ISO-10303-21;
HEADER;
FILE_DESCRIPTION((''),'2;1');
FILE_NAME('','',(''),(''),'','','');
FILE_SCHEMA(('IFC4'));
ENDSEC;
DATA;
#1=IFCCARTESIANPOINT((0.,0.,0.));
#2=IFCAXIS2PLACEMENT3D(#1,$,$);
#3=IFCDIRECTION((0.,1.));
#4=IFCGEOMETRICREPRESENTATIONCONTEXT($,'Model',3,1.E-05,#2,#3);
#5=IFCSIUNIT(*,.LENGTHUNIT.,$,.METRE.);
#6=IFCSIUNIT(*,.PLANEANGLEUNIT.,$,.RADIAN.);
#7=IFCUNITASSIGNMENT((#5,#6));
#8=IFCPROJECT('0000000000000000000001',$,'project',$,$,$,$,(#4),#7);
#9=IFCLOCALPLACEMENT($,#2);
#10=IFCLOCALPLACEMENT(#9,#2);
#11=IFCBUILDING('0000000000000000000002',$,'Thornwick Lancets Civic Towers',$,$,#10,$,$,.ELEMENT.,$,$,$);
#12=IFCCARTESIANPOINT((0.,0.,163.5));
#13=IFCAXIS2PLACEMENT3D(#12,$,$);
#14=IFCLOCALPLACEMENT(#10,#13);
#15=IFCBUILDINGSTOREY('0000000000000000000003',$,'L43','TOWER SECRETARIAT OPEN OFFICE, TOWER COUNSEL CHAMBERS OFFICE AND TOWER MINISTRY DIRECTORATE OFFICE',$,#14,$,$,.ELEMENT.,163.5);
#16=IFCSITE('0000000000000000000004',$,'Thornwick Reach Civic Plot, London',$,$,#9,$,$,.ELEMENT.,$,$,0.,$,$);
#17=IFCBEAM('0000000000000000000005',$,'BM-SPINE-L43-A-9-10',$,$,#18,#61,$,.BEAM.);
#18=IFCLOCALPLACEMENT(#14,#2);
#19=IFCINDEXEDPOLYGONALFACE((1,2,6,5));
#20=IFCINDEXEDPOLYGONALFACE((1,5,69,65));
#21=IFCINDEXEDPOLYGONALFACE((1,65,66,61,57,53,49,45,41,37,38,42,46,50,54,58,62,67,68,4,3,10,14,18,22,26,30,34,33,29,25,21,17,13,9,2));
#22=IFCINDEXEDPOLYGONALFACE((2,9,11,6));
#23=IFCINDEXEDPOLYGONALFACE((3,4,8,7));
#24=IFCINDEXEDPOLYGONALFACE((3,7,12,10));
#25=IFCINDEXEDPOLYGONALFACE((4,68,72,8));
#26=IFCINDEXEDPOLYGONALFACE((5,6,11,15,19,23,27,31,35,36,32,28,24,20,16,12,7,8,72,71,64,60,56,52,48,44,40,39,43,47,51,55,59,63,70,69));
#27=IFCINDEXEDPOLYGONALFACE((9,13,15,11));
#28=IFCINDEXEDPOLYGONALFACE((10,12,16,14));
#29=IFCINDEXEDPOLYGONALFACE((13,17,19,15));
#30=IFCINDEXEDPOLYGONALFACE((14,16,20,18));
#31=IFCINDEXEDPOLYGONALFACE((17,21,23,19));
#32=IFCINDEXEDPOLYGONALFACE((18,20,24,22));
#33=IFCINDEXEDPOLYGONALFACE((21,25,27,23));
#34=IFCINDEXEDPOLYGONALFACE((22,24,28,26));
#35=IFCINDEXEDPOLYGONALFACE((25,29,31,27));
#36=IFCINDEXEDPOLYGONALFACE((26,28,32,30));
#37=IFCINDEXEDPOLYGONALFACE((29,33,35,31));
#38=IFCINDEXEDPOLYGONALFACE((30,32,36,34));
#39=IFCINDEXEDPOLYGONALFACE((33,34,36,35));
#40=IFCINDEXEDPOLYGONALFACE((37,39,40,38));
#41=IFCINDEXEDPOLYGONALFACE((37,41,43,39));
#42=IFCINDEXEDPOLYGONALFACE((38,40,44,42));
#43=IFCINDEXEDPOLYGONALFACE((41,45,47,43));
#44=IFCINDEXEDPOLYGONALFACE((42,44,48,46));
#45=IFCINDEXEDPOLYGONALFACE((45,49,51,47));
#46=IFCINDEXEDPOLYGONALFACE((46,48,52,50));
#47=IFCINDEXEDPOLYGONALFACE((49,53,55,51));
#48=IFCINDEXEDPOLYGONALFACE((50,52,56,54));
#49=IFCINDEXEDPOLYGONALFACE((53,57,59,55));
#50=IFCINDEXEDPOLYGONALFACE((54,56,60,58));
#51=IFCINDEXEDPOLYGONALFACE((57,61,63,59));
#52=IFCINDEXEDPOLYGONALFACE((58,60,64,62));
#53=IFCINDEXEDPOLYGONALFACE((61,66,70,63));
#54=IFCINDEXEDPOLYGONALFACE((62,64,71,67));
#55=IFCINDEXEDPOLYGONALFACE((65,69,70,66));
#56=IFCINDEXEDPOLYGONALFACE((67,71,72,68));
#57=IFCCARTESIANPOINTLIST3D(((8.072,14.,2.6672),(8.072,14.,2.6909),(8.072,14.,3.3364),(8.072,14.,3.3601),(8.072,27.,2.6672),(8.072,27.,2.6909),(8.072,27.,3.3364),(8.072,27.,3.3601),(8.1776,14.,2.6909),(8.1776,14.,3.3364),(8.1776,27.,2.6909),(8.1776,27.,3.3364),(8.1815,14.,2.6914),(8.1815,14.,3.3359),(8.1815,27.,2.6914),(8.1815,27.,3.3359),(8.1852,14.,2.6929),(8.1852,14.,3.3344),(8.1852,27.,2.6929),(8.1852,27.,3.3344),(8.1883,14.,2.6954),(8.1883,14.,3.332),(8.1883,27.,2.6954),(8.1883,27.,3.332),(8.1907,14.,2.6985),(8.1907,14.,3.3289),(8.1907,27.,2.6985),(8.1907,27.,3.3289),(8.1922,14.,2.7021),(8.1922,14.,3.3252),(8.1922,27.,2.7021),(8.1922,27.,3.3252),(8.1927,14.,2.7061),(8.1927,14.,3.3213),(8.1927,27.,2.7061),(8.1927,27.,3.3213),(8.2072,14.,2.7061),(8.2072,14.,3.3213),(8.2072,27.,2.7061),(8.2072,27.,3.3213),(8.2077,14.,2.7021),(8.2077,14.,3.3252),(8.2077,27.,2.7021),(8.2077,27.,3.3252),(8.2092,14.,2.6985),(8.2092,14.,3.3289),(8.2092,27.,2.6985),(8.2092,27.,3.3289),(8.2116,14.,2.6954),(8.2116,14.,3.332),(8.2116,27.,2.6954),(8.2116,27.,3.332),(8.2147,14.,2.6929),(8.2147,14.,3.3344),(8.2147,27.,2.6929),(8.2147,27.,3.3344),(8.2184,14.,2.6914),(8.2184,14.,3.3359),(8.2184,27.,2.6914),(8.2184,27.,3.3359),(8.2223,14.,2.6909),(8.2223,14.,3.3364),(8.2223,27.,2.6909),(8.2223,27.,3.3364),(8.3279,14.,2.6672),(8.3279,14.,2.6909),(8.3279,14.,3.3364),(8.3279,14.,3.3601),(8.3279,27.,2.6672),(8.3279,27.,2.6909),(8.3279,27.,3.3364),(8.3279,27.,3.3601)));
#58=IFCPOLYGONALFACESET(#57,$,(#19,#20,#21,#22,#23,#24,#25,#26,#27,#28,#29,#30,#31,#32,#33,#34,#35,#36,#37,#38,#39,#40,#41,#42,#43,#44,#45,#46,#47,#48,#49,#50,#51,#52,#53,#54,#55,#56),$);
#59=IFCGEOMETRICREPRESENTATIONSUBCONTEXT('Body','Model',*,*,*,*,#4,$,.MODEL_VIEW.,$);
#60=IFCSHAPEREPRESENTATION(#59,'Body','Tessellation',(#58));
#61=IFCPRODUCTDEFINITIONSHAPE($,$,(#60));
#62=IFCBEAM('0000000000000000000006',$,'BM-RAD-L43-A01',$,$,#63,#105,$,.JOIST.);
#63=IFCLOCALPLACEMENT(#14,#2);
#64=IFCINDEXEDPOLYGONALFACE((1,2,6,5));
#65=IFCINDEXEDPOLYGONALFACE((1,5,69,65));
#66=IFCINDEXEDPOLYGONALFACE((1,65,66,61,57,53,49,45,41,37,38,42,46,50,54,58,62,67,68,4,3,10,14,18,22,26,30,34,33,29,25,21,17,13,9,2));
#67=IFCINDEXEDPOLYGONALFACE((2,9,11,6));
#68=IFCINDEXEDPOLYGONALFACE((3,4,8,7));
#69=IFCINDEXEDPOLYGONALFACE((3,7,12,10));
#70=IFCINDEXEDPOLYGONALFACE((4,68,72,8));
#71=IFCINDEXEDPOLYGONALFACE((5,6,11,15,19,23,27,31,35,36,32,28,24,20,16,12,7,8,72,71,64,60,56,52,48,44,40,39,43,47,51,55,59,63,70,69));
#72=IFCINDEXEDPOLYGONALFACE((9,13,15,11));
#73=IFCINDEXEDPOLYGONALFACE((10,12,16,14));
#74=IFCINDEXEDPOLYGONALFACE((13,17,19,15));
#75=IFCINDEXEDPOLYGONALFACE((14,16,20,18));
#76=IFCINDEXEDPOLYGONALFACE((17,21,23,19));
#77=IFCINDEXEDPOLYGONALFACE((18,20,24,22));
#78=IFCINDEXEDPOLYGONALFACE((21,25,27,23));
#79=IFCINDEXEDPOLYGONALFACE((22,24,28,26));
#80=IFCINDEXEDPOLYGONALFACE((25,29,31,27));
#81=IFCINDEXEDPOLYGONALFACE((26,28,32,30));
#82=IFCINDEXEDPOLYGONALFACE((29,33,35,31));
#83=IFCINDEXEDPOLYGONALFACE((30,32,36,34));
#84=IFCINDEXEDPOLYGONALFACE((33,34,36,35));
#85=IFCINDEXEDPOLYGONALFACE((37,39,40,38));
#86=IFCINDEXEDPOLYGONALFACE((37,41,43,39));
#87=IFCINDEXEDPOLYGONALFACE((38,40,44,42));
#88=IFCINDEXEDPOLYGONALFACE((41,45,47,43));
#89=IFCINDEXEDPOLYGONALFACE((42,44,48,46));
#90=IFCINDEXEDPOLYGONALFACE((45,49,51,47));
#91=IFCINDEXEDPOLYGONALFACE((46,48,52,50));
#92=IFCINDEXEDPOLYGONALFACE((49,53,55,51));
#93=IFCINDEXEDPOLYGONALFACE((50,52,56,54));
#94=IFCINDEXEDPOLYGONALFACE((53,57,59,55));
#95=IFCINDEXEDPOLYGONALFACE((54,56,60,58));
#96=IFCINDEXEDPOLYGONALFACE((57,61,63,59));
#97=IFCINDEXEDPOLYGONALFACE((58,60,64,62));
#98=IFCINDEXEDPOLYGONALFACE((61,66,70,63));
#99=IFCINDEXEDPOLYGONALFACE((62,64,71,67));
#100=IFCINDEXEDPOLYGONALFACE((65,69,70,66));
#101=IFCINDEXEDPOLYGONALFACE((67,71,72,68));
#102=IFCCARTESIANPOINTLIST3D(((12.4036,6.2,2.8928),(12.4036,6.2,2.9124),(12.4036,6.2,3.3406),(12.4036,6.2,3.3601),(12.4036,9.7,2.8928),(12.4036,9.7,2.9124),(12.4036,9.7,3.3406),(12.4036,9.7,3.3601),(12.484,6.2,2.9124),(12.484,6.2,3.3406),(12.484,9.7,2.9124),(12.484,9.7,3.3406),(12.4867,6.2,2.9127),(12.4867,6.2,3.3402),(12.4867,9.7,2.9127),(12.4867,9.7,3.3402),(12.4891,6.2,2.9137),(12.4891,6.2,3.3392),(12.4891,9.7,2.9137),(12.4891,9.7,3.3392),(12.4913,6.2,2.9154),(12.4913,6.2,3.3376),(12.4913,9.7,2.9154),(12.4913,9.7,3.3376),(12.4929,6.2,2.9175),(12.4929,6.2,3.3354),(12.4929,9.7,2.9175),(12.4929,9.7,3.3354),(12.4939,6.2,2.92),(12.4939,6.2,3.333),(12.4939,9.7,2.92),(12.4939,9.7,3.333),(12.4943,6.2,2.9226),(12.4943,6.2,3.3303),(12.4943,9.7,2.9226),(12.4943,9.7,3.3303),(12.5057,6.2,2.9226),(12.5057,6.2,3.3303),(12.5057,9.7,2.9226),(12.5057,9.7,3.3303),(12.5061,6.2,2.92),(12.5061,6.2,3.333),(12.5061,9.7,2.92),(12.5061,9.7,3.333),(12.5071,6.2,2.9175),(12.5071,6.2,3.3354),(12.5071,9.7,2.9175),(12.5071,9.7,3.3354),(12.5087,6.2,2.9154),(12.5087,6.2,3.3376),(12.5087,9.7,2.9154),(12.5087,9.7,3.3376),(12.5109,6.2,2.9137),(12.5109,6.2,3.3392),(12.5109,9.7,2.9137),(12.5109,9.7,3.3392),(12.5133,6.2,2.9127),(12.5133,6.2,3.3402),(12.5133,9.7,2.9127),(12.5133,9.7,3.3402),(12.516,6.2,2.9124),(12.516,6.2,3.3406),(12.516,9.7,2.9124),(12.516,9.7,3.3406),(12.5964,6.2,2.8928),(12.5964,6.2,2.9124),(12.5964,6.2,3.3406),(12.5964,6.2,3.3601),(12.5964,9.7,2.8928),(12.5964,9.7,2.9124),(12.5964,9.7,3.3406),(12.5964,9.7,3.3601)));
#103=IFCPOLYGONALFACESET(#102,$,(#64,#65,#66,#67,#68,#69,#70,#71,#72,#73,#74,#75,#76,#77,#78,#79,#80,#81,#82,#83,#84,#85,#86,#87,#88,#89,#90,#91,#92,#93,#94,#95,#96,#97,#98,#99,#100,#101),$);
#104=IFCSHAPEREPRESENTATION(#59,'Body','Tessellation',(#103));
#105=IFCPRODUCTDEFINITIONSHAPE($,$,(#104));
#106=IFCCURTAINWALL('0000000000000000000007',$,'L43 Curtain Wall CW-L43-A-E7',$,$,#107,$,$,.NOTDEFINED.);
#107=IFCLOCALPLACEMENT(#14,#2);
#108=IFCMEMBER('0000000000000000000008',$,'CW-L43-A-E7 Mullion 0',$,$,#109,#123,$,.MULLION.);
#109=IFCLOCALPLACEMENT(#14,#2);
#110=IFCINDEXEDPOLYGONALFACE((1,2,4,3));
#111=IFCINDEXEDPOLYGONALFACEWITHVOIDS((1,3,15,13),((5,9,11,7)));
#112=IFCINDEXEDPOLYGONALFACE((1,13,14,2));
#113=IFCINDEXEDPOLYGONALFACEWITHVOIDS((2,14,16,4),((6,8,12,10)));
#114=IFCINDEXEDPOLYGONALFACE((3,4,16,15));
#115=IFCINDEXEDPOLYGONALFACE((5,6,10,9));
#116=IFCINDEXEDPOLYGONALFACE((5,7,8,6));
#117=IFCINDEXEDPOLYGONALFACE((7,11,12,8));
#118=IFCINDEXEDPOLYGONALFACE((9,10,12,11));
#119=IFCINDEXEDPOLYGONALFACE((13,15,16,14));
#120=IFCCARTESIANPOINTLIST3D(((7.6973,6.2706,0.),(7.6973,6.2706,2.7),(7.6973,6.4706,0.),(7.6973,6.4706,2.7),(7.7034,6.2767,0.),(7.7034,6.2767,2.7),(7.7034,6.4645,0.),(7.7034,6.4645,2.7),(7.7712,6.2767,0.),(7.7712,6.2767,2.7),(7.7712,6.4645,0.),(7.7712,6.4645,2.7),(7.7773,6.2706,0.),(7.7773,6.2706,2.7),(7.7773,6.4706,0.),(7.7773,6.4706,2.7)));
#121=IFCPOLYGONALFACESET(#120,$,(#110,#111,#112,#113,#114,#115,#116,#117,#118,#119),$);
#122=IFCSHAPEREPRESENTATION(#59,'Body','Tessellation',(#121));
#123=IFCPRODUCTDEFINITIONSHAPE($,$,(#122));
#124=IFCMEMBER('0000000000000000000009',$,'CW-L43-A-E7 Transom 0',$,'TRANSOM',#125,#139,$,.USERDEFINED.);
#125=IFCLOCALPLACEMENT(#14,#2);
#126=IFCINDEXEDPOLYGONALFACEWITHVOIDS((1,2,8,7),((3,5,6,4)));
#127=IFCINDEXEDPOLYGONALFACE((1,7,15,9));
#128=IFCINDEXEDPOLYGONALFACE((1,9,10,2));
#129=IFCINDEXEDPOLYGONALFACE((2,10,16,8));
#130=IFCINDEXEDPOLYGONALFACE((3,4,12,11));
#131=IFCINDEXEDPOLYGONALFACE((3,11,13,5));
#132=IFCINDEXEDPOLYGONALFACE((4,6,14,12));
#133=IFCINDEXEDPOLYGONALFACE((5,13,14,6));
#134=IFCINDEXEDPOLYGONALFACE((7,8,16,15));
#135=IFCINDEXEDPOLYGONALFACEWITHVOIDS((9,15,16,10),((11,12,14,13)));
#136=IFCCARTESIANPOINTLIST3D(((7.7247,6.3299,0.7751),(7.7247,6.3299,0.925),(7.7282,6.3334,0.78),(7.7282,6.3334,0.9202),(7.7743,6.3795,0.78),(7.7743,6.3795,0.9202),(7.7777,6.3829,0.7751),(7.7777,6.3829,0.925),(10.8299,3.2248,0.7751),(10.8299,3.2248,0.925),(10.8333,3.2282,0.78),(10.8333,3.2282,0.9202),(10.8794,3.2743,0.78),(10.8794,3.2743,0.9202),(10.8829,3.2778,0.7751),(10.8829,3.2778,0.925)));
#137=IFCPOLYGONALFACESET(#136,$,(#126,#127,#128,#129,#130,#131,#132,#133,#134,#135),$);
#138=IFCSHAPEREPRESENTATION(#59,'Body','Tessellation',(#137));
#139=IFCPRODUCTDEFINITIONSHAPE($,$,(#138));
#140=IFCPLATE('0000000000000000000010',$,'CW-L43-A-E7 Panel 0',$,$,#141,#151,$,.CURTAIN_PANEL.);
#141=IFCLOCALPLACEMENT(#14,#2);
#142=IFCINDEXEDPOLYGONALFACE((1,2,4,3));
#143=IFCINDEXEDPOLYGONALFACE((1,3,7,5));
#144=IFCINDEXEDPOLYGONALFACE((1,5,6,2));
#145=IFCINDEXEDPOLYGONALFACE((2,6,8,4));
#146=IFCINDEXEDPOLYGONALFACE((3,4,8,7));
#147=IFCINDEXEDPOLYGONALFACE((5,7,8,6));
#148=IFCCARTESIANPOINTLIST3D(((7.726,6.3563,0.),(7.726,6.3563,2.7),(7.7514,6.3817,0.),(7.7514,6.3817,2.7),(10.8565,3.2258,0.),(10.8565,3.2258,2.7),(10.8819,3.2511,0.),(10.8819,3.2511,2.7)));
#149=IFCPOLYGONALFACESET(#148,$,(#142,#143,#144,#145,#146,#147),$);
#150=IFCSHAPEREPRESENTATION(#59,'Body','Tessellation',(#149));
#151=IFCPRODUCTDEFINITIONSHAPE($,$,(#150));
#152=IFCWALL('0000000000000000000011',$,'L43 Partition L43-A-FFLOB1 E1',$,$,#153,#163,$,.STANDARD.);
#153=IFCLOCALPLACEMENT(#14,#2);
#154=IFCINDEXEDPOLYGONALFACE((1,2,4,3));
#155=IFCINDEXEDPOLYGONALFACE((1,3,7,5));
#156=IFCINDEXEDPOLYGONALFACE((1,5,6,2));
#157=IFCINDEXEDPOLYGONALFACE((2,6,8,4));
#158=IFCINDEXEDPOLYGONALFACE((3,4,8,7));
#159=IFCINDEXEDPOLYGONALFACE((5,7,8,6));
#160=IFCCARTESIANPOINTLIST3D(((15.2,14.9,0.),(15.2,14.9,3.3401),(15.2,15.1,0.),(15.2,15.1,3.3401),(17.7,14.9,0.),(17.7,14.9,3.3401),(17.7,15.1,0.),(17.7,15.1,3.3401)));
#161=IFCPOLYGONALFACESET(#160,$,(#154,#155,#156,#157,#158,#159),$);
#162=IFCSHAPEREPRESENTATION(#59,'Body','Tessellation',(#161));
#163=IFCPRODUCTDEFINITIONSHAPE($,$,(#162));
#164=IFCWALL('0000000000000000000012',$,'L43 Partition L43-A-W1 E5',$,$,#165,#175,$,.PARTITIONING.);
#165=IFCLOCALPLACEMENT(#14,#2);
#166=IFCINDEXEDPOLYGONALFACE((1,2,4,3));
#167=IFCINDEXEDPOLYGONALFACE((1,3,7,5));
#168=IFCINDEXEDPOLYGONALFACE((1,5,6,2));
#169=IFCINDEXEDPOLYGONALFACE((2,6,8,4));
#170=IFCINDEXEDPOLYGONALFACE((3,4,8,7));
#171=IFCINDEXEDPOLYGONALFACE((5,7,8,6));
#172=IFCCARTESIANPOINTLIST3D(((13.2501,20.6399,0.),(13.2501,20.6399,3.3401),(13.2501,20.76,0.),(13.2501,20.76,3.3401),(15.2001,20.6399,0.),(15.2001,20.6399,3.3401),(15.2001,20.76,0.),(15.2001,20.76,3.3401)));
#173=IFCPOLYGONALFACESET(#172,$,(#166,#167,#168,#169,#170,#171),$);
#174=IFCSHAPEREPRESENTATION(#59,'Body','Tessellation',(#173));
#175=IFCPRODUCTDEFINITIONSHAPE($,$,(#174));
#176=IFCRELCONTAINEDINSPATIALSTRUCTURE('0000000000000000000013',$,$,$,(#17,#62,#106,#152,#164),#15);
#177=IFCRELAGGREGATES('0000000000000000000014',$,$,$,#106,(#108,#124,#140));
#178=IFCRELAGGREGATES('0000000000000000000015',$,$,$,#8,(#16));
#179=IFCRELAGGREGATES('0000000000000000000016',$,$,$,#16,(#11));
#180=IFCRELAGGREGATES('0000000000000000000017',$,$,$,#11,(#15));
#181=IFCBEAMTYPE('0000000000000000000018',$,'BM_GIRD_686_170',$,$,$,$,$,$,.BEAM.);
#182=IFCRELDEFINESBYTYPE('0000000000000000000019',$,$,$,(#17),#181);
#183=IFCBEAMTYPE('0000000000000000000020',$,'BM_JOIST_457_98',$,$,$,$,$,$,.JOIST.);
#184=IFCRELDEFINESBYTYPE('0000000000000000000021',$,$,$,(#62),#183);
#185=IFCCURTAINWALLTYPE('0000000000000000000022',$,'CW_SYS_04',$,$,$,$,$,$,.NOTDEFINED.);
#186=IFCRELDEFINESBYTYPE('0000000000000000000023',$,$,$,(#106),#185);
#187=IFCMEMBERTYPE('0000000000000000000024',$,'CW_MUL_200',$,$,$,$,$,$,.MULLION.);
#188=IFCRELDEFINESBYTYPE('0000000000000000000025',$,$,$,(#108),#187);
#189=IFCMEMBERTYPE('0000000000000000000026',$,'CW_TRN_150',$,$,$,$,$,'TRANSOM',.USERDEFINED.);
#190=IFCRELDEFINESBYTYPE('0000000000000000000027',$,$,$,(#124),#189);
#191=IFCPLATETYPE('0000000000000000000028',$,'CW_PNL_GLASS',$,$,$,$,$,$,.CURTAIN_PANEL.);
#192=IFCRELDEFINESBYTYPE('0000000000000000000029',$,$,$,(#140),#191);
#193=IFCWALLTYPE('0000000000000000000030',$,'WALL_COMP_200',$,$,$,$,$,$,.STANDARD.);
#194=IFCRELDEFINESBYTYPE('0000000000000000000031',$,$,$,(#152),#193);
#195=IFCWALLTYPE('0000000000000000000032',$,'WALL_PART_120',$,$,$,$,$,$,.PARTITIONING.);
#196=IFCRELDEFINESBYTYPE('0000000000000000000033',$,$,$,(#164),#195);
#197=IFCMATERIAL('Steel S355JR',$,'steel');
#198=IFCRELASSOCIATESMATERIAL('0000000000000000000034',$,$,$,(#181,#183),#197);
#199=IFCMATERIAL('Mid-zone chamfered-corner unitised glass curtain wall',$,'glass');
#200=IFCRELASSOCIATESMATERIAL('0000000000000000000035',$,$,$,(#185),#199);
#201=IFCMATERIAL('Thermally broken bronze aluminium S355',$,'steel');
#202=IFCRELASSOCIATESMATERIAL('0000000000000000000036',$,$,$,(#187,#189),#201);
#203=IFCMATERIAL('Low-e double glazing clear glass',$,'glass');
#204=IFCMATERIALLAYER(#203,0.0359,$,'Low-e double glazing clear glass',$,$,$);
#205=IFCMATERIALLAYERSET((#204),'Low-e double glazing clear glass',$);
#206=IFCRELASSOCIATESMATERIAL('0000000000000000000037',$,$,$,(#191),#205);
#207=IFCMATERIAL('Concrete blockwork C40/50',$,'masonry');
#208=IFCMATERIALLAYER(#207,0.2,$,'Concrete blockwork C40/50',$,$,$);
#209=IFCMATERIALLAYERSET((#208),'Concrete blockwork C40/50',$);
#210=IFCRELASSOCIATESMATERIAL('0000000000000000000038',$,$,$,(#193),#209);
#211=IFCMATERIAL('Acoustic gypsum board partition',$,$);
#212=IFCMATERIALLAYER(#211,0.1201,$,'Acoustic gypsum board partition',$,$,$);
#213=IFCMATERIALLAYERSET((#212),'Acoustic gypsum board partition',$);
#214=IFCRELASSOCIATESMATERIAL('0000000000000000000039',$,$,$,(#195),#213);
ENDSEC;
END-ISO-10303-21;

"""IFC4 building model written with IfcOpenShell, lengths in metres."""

from ifc_helpers import new_model, si_unit, direction, frame, frame_2d, origin, origin_2d, place, context, subcontext, project, spatial, rectangle, hollow_rectangle, i_section, extrude, material, layer, layer_set, material_profile, profile_set, type_object, element, aggregate, save


model = new_model("IFC4")

# Units and contexts
model_context = context("Model", 3, precision=1e-05, world=origin(), true_north=direction((0.0, 1.0)))
body_context = subcontext(model_context, "Body", "Model", "MODEL_VIEW")
ifc_project = project(units=[si_unit("LENGTHUNIT", "METRE"), si_unit("PLANEANGLEUNIT", "RADIAN")], contexts=[model_context])

# Site, building, storey
site_placement = place(None, origin())
site = spatial("IfcSite", under=ifc_project, at=site_placement, Name="Thornwick Reach Civic Plot, London", CompositionType="ELEMENT", RefElevation=0.0)
building_placement = place(site_placement, origin())
building = spatial("IfcBuilding", under=site, at=building_placement, Name="Thornwick Lancets Civic Towers", CompositionType="ELEMENT")
storey_placement = place(building_placement, frame((0.0, 0.0, 163.5)))
storey = spatial("IfcBuildingStorey", under=building, at=storey_placement, Name="L43", Description="TOWER SECRETARIAT OPEN OFFICE, TOWER COUNSEL CHAMBERS OFFICE AND TOWER MINISTRY DIRECTORATE OFFICE", CompositionType="ELEMENT", Elevation=163.5)

# Beams
ifc_material_1 = material(Name="Steel S355JR", Category="steel")
ifc_material_profile_1 = material_profile(ifc_material_1, i_section(OverallWidth=0.2559, OverallDepth=0.6929, WebThickness=0.0144, FlangeThickness=0.0237, FilletRadius=0.0151, at=origin_2d()), Name="UKB 686x254x170")
ifc_profile_set_1 = profile_set([ifc_material_profile_1], Name="Steel S355JR")
beam_type_1 = type_object("IfcBeamType", Name="BM_GIRD_686_170", PredefinedType="BEAM", material=ifc_profile_set_1)
for number, where, z_axis, x_axis, name in (
    (1, (8.2, 14.0, 3.0137), (0.0, 1.0, 0.0), (-1.0, 0.0, 0.0), "BM-SPINE-L43-A-9-10"),
):
    element("IfcBeam", number, at=place(storey_placement, frame(where, z_axis=z_axis, x_axis=x_axis)), inside=storey, type_object=beam_type_1, Name=name, PredefinedType="BEAM", context=body_context, shape_type="SweptSolid", body=[
        extrude(i_section(OverallWidth=0.2559, OverallDepth=0.6929, WebThickness=0.0144, FlangeThickness=0.0237, FilletRadius=0.0151, at=origin_2d()), origin(), (0.0, 0.0, 1.0), 13.0),
    ])
ifc_material_profile_2 = material_profile(ifc_material_1, i_section(OverallWidth=0.1929, OverallDepth=0.4673, WebThickness=0.0115, FlangeThickness=0.0195, FilletRadius=0.0103, at=origin_2d()), Name="UKB 457x191x98")
ifc_profile_set_2 = profile_set([ifc_material_profile_2], Name="Steel S355JR")
beam_type_2 = type_object("IfcBeamType", Name="BM_JOIST_457_98", PredefinedType="JOIST", material=ifc_profile_set_2)
beam_1_placement = place(storey_placement, frame((12.5, 9.7, 3.1265), z_axis=(0.0, -1.0, 0.0), x_axis=(1.0, 0.0, 0.0)))
element("IfcBeam", 2, at=beam_1_placement, inside=storey, type_object=beam_type_2, Name="BM-RAD-L43-A01", PredefinedType="JOIST", context=body_context, shape_type="SweptSolid", body=[
    extrude(i_section(OverallWidth=0.1929, OverallDepth=0.4673, WebThickness=0.0115, FlangeThickness=0.0195, FilletRadius=0.0103, at=origin_2d()), origin(), (0.0, 0.0, 1.0), 3.5),
])

# Curtain wall, members, plate
ifc_material_2 = material(Name="Mid-zone chamfered-corner unitised glass curtain wall", Category="glass")
curtain_wall_type = type_object("IfcCurtainWallType", Name="CW_SYS_04", PredefinedType="NOTDEFINED", material=ifc_material_2)
curtain_wall_placement = place(storey_placement, origin())
curtain_wall = element("IfcCurtainWall", 3, at=curtain_wall_placement, inside=storey, type_object=curtain_wall_type, Name="L43 Curtain Wall CW-L43-A-E7", PredefinedType="NOTDEFINED")
ifc_material_3 = material(Name="Thermally broken bronze aluminium S355", Category="steel")
ifc_material_profile_3 = material_profile(ifc_material_3, hollow_rectangle(XDim=0.0801, YDim=0.2, WallThickness=0.0061, at=origin_2d()), Name="RHS 200x80x6")
ifc_profile_set_3 = profile_set([ifc_material_profile_3], Name="Thermally broken bronze aluminium S355")
member_type_1 = type_object("IfcMemberType", Name="CW_MUL_200", PredefinedType="MULLION", material=ifc_profile_set_3)
member_1_placement = place(storey_placement, frame((7.7373, 6.3706, 0.0), z_axis=(0.0, 0.0, 1.0), x_axis=(1.0, 0.0, 0.0)))
member_1 = element("IfcMember", 4, at=member_1_placement, type_object=member_type_1, Name="CW-L43-A-E7 Mullion 0", PredefinedType="MULLION", context=body_context, shape_type="SweptSolid", body=[
    extrude(hollow_rectangle(XDim=0.0801, YDim=0.2, WallThickness=0.0061, at=origin_2d()), origin(), (0.0, 0.0, 1.0), 2.7),
])
ifc_material_profile_4 = material_profile(ifc_material_3, hollow_rectangle(XDim=0.075, YDim=0.1499, WallThickness=0.0049, at=origin_2d()), Name="RHS 150x75x5")
ifc_profile_set_4 = profile_set([ifc_material_profile_4], Name="Thermally broken bronze aluminium S355")
member_type_2 = type_object("IfcMemberType", Name="CW_TRN_150", ElementType="TRANSOM", PredefinedType="USERDEFINED", material=ifc_profile_set_4)
member_2_placement = place(storey_placement, frame((7.7512, 6.3564, 0.8501), z_axis=(0.707107, -0.707107, 0.0), x_axis=(0.707107, 0.707107, 0.0)))
member_2 = element("IfcMember", 5, at=member_2_placement, type_object=member_type_2, Name="CW-L43-A-E7 Transom 0", ObjectType="TRANSOM", PredefinedType="USERDEFINED", context=body_context, shape_type="SweptSolid", body=[
    extrude(hollow_rectangle(XDim=0.075, YDim=0.1499, WallThickness=0.0049, at=origin_2d()), origin(), (0.0, 0.0, 1.0), 4.3914),
])
ifc_material_4 = material(Name="Low-e double glazing clear glass", Category="glass")
ifc_layer_1 = layer(ifc_material_4, 0.0359, Name="Low-e double glazing clear glass")
ifc_layer_set_1 = layer_set([ifc_layer_1], Name="Low-e double glazing clear glass")
plate_type = type_object("IfcPlateType", Name="CW_PNL_GLASS", PredefinedType="CURTAIN_PANEL", material=ifc_layer_set_1)
plate_placement = place(storey_placement, frame((9.304, 4.8037, 0.0), z_axis=(0.0, 0.0, 1.0), x_axis=(0.707107, -0.707107, 0.0)))
plate = element("IfcPlate", 6, at=plate_placement, type_object=plate_type, Name="CW-L43-A-E7 Panel 0", PredefinedType="CURTAIN_PANEL", context=body_context, shape_type="SweptSolid", body=[
    extrude(rectangle(XDim=4.4272, YDim=0.0359, at=origin_2d()), origin(), (0.0, 0.0, 1.0), 2.7),
])
aggregate(curtain_wall, [member_1, member_2, plate])

# Walls
ifc_material_5 = material(Name="Concrete blockwork C40/50", Category="masonry")
ifc_layer_2 = layer(ifc_material_5, 0.2, Name="Concrete blockwork C40/50")
ifc_layer_set_2 = layer_set([ifc_layer_2], Name="Concrete blockwork C40/50")
wall_type_1 = type_object("IfcWallType", Name="WALL_COMP_200", PredefinedType="STANDARD", material=ifc_layer_set_2)
wall_1_placement = place(storey_placement, frame((15.2, 15.0, 0.0), z_axis=(0.0, 0.0, 1.0), x_axis=(1.0, 0.0, 0.0)))
element("IfcWall", 7, at=wall_1_placement, inside=storey, type_object=wall_type_1, Name="L43 Partition L43-A-FFLOB1 E1", PredefinedType="STANDARD", context=body_context, shape_type="SweptSolid", body=[
    extrude(rectangle(XDim=2.5, YDim=0.2, at=frame_2d((1.25, 0.0))), origin(), (0.0, 0.0, 1.0), 3.3401),
])
ifc_material_6 = material(Name="Acoustic gypsum board partition")
ifc_layer_3 = layer(ifc_material_6, 0.1201, Name="Acoustic gypsum board partition")
ifc_layer_set_3 = layer_set([ifc_layer_3], Name="Acoustic gypsum board partition")
wall_type_2 = type_object("IfcWallType", Name="WALL_PART_120", PredefinedType="PARTITIONING", material=ifc_layer_set_3)
wall_2_placement = place(storey_placement, frame((13.25, 20.7, 0.0), z_axis=(0.0, 0.0, 1.0), x_axis=(1.0, 0.0, 0.0)))
element("IfcWall", 8, at=wall_2_placement, inside=storey, type_object=wall_type_2, Name="L43 Partition L43-A-W1 E5", PredefinedType="PARTITIONING", context=body_context, shape_type="SweptSolid", body=[
    extrude(rectangle(XDim=1.95, YDim=0.1201, at=frame_2d((0.9751, 0.0))), origin(), (0.0, 0.0, 1.0), 3.3401),
])

save(model, "model.ifc")
